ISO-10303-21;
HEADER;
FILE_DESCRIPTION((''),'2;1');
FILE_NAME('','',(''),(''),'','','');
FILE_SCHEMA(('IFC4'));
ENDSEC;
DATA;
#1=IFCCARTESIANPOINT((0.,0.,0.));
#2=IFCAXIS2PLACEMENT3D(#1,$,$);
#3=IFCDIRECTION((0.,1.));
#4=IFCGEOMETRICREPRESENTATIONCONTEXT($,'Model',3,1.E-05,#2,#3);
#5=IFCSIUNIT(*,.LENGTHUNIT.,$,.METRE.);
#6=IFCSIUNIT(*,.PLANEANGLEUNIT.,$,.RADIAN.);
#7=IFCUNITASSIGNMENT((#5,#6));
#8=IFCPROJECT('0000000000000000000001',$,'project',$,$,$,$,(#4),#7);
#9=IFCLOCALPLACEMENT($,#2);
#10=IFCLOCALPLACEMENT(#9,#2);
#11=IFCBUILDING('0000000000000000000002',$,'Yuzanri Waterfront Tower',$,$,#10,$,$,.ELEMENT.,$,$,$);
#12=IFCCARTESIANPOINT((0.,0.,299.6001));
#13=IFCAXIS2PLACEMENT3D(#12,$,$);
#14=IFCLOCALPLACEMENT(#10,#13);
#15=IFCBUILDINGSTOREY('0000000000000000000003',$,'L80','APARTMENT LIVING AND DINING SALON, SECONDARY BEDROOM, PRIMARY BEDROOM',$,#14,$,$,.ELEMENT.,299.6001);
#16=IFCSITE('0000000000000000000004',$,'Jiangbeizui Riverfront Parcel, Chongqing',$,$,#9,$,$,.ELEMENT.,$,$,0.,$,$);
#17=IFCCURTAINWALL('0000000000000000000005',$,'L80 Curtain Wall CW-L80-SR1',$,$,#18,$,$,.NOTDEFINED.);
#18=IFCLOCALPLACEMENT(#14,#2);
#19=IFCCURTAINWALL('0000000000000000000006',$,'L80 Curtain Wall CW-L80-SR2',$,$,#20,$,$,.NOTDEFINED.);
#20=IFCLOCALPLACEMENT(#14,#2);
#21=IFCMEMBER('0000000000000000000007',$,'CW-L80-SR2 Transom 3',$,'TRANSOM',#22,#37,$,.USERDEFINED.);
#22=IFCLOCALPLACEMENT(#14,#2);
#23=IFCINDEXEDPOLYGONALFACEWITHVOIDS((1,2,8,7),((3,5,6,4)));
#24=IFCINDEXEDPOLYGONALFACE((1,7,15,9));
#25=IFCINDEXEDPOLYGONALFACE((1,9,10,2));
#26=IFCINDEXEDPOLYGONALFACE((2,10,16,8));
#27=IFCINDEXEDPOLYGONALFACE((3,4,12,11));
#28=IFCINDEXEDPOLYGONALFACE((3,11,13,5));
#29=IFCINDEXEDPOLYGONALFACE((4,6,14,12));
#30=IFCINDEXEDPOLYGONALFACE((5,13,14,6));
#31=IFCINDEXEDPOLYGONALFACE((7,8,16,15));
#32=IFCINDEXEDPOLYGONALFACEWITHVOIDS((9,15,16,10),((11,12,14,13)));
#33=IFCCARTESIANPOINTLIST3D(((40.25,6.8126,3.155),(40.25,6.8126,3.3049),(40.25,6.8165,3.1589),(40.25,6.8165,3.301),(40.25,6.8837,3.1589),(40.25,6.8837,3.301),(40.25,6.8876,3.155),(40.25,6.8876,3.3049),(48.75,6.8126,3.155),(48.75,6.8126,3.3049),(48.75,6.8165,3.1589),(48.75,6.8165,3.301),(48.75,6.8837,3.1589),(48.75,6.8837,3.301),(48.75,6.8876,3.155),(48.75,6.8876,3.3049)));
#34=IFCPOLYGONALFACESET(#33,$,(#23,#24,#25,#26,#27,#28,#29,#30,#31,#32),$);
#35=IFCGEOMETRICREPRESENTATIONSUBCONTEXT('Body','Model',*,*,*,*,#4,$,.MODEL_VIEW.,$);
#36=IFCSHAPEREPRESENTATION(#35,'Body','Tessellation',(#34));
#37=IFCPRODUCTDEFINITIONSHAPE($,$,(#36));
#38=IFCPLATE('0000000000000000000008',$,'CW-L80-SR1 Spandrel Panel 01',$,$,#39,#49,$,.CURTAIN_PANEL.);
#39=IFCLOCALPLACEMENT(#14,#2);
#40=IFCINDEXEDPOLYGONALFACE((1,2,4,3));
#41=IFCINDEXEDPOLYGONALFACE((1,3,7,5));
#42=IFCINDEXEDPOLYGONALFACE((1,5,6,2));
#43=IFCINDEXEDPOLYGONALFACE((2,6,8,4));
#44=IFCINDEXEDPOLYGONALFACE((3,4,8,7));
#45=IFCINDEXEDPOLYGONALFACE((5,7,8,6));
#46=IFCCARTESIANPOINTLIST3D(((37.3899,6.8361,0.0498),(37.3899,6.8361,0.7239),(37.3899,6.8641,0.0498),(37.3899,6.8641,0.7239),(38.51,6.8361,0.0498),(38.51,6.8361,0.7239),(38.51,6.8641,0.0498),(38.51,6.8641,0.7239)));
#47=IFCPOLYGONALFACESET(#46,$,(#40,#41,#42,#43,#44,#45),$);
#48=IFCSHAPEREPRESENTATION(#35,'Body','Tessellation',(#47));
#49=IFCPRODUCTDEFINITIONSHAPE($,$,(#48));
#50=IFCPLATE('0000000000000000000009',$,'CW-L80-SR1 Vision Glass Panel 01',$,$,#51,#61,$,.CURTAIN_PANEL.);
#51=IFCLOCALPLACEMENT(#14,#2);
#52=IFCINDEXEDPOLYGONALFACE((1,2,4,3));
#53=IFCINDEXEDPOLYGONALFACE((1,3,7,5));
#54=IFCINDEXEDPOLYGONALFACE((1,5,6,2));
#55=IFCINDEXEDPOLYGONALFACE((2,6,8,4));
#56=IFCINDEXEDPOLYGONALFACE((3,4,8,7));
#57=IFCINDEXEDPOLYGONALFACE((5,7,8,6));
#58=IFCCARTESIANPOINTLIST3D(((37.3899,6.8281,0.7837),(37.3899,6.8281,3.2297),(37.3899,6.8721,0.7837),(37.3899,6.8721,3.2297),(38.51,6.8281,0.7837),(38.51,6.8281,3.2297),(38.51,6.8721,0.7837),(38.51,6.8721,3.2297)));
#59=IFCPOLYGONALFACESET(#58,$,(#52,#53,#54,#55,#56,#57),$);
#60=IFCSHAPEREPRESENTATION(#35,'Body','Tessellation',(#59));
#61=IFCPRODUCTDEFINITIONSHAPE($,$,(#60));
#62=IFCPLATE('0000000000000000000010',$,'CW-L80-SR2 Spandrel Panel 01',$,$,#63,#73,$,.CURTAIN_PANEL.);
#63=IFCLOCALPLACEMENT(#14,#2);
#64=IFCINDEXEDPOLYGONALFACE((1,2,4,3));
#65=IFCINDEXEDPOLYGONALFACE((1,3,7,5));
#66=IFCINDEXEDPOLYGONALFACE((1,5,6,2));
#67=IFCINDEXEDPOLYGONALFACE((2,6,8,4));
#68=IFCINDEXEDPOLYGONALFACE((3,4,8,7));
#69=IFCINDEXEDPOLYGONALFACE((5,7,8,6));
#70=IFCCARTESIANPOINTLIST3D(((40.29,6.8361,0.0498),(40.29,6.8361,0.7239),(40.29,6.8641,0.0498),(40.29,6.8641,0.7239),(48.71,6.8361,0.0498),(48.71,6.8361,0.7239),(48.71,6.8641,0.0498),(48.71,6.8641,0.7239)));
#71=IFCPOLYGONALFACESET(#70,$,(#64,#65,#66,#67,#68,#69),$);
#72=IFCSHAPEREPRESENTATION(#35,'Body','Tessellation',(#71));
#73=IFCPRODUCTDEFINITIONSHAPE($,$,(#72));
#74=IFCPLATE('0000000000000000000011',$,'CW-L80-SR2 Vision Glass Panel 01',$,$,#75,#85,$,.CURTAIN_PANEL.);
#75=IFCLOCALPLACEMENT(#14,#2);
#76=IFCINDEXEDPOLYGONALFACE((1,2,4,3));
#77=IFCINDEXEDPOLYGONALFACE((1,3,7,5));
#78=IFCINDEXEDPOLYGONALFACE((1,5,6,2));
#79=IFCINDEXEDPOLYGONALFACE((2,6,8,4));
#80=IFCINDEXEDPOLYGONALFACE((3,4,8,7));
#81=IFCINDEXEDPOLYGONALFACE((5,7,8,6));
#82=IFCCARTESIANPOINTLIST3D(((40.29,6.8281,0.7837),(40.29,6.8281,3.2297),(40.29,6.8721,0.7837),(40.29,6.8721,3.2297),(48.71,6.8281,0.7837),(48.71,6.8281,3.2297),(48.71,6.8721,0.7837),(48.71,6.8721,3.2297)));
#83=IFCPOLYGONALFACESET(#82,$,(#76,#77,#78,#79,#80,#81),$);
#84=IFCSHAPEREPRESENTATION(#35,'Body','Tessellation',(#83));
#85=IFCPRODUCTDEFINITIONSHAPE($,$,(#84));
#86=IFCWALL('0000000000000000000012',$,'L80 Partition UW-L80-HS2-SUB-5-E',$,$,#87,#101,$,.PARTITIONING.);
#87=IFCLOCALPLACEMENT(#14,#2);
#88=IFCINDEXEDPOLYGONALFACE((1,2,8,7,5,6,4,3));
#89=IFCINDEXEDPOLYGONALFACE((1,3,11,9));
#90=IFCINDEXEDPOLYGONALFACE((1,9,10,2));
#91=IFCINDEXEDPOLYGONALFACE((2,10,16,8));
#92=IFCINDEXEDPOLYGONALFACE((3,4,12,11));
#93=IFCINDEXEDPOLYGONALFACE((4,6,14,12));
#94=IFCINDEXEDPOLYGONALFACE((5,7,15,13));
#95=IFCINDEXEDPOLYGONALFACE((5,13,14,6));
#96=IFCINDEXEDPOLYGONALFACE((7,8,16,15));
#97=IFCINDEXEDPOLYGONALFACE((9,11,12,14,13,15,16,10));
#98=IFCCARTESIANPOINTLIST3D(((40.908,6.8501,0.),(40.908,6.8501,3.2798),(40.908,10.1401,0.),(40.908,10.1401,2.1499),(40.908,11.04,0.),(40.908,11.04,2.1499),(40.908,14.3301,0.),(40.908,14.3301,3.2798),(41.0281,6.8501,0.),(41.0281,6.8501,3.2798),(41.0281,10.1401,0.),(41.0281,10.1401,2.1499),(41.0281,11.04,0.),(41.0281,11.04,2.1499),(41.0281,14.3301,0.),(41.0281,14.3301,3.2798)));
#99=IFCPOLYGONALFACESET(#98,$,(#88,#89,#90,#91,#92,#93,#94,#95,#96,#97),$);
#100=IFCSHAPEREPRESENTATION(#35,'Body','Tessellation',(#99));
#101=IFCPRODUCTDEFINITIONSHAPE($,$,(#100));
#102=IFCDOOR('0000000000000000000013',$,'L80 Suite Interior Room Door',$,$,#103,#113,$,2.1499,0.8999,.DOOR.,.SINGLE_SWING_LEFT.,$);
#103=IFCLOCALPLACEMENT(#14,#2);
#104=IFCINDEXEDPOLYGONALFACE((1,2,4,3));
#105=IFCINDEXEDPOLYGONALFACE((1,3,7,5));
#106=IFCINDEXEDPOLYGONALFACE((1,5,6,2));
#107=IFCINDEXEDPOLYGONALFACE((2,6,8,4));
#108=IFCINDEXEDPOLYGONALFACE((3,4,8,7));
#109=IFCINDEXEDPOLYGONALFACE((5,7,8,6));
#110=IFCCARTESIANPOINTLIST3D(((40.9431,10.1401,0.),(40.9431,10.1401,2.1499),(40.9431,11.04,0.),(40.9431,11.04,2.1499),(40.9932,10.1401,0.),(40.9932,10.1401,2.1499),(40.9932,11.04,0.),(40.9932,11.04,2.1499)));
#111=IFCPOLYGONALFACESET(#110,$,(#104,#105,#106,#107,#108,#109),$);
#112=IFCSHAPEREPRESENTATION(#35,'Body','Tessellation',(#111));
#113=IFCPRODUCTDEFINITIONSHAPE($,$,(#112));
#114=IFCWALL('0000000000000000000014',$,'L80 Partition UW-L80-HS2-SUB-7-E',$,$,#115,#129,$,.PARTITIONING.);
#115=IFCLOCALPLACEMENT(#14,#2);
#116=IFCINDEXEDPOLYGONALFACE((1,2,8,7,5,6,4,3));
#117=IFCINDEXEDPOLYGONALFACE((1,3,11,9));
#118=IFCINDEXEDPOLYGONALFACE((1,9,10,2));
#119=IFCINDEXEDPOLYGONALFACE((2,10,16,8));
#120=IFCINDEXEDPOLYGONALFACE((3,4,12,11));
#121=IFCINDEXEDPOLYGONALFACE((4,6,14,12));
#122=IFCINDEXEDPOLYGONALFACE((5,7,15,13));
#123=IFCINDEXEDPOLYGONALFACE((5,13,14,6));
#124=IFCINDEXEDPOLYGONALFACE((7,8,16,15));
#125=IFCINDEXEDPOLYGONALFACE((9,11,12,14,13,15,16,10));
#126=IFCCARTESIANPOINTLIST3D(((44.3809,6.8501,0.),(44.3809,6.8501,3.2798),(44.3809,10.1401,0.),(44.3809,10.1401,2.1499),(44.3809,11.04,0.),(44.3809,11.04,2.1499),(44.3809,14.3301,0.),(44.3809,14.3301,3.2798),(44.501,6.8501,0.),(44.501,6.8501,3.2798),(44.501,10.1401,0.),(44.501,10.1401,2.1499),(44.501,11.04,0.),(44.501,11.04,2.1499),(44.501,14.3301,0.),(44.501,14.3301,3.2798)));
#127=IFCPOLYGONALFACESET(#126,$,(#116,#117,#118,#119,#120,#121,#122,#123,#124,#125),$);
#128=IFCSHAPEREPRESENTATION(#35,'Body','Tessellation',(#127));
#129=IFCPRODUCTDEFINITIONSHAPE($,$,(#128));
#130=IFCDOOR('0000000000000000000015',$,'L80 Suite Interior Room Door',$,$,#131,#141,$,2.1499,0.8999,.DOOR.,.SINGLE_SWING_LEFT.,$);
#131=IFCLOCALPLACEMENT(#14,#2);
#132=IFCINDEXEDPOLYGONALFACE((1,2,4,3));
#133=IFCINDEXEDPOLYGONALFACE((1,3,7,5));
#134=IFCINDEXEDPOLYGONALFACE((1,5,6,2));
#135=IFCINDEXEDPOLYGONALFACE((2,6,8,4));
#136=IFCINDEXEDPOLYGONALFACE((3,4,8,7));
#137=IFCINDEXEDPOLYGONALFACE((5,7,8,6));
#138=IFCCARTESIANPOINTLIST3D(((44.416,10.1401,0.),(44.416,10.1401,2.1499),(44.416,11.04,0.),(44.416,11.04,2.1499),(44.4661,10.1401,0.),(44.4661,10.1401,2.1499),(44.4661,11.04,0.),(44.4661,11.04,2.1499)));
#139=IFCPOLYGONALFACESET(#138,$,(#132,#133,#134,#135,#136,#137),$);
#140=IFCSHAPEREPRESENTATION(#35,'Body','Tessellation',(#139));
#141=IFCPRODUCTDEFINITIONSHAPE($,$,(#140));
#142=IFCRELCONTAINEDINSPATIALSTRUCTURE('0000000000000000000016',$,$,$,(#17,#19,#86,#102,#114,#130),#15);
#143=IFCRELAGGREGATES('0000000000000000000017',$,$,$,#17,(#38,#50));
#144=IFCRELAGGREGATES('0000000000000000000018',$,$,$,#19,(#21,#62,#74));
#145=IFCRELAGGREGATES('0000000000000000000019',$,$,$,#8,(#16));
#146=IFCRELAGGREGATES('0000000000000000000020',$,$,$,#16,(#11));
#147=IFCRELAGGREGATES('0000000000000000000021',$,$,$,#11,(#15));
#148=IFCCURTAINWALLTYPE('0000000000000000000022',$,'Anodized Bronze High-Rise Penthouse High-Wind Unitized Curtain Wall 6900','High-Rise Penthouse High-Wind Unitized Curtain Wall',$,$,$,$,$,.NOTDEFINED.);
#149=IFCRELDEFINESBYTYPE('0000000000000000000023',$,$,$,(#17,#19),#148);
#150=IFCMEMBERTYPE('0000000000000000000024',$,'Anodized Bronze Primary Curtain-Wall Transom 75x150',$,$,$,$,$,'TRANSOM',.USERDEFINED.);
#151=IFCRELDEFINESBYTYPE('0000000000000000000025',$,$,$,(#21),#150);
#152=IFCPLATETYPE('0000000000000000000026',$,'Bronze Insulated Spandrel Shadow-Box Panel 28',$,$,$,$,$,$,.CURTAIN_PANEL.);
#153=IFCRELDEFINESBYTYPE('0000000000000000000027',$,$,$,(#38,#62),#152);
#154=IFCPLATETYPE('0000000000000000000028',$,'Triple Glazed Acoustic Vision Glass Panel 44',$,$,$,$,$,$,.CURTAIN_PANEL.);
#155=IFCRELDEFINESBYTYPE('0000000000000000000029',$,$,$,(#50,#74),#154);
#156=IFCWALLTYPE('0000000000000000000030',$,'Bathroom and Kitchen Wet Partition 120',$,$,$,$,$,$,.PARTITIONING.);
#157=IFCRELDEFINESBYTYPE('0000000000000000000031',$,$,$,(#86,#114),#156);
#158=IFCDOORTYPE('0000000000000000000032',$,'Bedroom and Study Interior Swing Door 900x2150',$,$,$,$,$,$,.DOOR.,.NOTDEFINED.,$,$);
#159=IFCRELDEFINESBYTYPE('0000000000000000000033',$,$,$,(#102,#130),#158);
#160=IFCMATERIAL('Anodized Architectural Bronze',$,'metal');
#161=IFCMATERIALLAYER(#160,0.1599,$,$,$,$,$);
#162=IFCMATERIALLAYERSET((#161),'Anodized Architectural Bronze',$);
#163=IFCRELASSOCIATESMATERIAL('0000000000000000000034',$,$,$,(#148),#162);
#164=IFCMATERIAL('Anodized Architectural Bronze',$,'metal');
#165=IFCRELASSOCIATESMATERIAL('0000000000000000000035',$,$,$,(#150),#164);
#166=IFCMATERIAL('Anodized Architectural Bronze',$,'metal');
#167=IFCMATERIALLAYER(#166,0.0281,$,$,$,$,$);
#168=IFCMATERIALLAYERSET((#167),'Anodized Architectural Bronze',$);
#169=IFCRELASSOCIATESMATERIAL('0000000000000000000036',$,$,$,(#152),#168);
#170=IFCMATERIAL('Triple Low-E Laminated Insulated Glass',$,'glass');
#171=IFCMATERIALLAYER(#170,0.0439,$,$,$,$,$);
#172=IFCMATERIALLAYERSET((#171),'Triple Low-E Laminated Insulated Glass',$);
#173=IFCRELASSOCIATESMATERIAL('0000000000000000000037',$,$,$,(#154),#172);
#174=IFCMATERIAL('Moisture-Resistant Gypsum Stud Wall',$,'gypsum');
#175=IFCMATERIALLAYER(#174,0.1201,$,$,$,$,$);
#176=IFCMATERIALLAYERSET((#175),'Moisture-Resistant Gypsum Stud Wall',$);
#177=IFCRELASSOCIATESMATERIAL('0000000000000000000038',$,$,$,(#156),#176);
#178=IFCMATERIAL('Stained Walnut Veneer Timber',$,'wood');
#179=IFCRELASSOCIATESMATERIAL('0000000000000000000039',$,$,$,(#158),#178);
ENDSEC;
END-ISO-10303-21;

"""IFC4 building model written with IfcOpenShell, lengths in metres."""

from ifc_helpers import new_model, si_unit, direction, frame, frame_2d, origin, origin_2d, place, context, subcontext, project, spatial, rectangle, hollow_rectangle, extrude, source, transform, mapped, material, layer, layer_set, material_profile, profile_set, type_object, element, fill, aggregate, save


model = new_model("IFC4")

# Units and contexts
model_context = context("Model", 3, precision=1e-05, world=origin(), true_north=direction((0.0, 1.0)))
body_context = subcontext(model_context, "Body", "Model", "MODEL_VIEW")
ifc_project = project(units=[si_unit("LENGTHUNIT", "METRE"), si_unit("PLANEANGLEUNIT", "RADIAN")], contexts=[model_context])

# Site, building, storey
site_placement = place(None, origin())
site = spatial("IfcSite", under=ifc_project, at=site_placement, Name="Jiangbeizui Riverfront Parcel, Chongqing", CompositionType="ELEMENT", RefElevation=0.0)
building_placement = place(site_placement, origin())
building = spatial("IfcBuilding", under=site, at=building_placement, Name="Yuzanri Waterfront Tower", CompositionType="ELEMENT")
storey_placement = place(building_placement, frame((0.0, 0.0, 299.6001)))
storey = spatial("IfcBuildingStorey", under=building, at=storey_placement, Name="L80", Description="APARTMENT LIVING AND DINING SALON, SECONDARY BEDROOM, PRIMARY BEDROOM", CompositionType="ELEMENT", Elevation=299.6001)

# Curtain wall
ifc_material_1 = material(Name="Anodized Architectural Bronze", Category="metal")
ifc_layer_1 = layer(ifc_material_1, 0.1599)
ifc_layer_set_1 = layer_set([ifc_layer_1], Name="Anodized Architectural Bronze")
curtain_wall_type = type_object("IfcCurtainWallType", Name="Anodized Bronze High-Rise Penthouse High-Wind Unitized Curtain Wall 6900", Description="High-Rise Penthouse High-Wind Unitized Curtain Wall", PredefinedType="NOTDEFINED", material=ifc_layer_set_1)
curtain_wall_1_placement = place(storey_placement, origin())
curtain_wall_1 = element("IfcCurtainWall", 1, at=curtain_wall_1_placement, inside=storey, type_object=curtain_wall_type, Name="L80 Curtain Wall CW-L80-SR1", PredefinedType="NOTDEFINED")

# Curtain wall
curtain_wall_2_placement = place(storey_placement, origin())
curtain_wall_2 = element("IfcCurtainWall", 2, at=curtain_wall_2_placement, inside=storey, type_object=curtain_wall_type, Name="L80 Curtain Wall CW-L80-SR2", PredefinedType="NOTDEFINED")

# Member
ifc_material_2 = material(Name="Anodized Architectural Bronze", Category="metal")
ifc_material_profile_1 = material_profile(ifc_material_2, hollow_rectangle(XDim=0.075, YDim=0.1499, WallThickness=0.0039, at=origin_2d()), Name="CWT 75x150")
ifc_profile_set_1 = profile_set([ifc_material_profile_1], Name="Anodized Architectural Bronze")
member_type_1 = type_object("IfcMemberType", Name="Anodized Bronze Primary Curtain-Wall Transom 75x150", ElementType="TRANSOM", PredefinedType="USERDEFINED", material=ifc_profile_set_1)
shared_shape_1 = source(origin(), body_context, "Body", "SweptSolid", [
    extrude(hollow_rectangle(XDim=0.075, YDim=0.1499, WallThickness=0.0039, at=origin_2d()), origin(), (0.0, 0.0, 1.0), 8.5),
])
member_1_placement = place(storey_placement, frame((40.25, 6.8501, 3.23), z_axis=(1.0, 0.0, 0.0), x_axis=(0.0, 1.0, 0.0)))
member_1 = element("IfcMember", 3, at=member_1_placement, type_object=member_type_1, Name="CW-L80-SR2 Transom 3", ObjectType="TRANSOM", PredefinedType="USERDEFINED", context=body_context, shape_type="MappedRepresentation", body=[
    mapped(shared_shape_1, transform((0.0, 0.0, 0.0), scale=1.0)),
])

# Plates
ifc_material_3 = material(Name="Anodized Architectural Bronze", Category="metal")
ifc_layer_2 = layer(ifc_material_3, 0.0281)
ifc_layer_set_2 = layer_set([ifc_layer_2], Name="Anodized Architectural Bronze")
plate_type_1 = type_object("IfcPlateType", Name="Bronze Insulated Spandrel Shadow-Box Panel 28", PredefinedType="CURTAIN_PANEL", material=ifc_layer_set_2)
shared_shape_2 = source(origin(), body_context, "Body", "SweptSolid", [
    extrude(rectangle(XDim=1.1201, YDim=0.0281, at=origin_2d()), origin(), (0.0, 0.0, 1.0), 0.6741),
])
plate_1_placement = place(storey_placement, frame((37.95, 6.8501, 0.0498), z_axis=(0.0, 0.0, 1.0), x_axis=(1.0, 0.0, 0.0)))
plate_1 = element("IfcPlate", 4, at=plate_1_placement, type_object=plate_type_1, Name="CW-L80-SR1 Spandrel Panel 01", PredefinedType="CURTAIN_PANEL", context=body_context, shape_type="MappedRepresentation", body=[
    mapped(shared_shape_2, transform((0.0, 0.0, 0.0), scale=1.0)),
])
ifc_material_4 = material(Name="Triple Low-E Laminated Insulated Glass", Category="glass")
ifc_layer_3 = layer(ifc_material_4, 0.0439)
ifc_layer_set_3 = layer_set([ifc_layer_3], Name="Triple Low-E Laminated Insulated Glass")
plate_type_2 = type_object("IfcPlateType", Name="Triple Glazed Acoustic Vision Glass Panel 44", PredefinedType="CURTAIN_PANEL", material=ifc_layer_set_3)
shared_shape_3 = source(origin(), body_context, "Body", "SweptSolid", [
    extrude(rectangle(XDim=1.1201, YDim=0.0439, at=origin_2d()), origin(), (0.0, 0.0, 1.0), 2.446),
])
plate_2_placement = place(storey_placement, frame((37.95, 6.8501, 0.7837), z_axis=(0.0, 0.0, 1.0), x_axis=(1.0, 0.0, 0.0)))
plate_2 = element("IfcPlate", 5, at=plate_2_placement, type_object=plate_type_2, Name="CW-L80-SR1 Vision Glass Panel 01", PredefinedType="CURTAIN_PANEL", context=body_context, shape_type="MappedRepresentation", body=[
    mapped(shared_shape_3, transform((0.0, 0.0, 0.0), scale=1.0)),
])
aggregate(curtain_wall_1, [plate_1, plate_2])
shared_shape_4 = source(origin(), body_context, "Body", "SweptSolid", [
    extrude(rectangle(XDim=8.4199, YDim=0.0281, at=origin_2d()), origin(), (0.0, 0.0, 1.0), 0.6741),
])
plate_3_placement = place(storey_placement, frame((44.5, 6.8501, 0.0498), z_axis=(0.0, 0.0, 1.0), x_axis=(1.0, 0.0, 0.0)))
plate_3 = element("IfcPlate", 6, at=plate_3_placement, type_object=plate_type_1, Name="CW-L80-SR2 Spandrel Panel 01", PredefinedType="CURTAIN_PANEL", context=body_context, shape_type="MappedRepresentation", body=[
    mapped(shared_shape_4, transform((0.0, 0.0, 0.0), scale=1.0)),
])
shared_shape_5 = source(origin(), body_context, "Body", "SweptSolid", [
    extrude(rectangle(XDim=8.4199, YDim=0.0439, at=origin_2d()), origin(), (0.0, 0.0, 1.0), 2.446),
])
plate_4_placement = place(storey_placement, frame((44.5, 6.8501, 0.7837), z_axis=(0.0, 0.0, 1.0), x_axis=(1.0, 0.0, 0.0)))
plate_4 = element("IfcPlate", 7, at=plate_4_placement, type_object=plate_type_2, Name="CW-L80-SR2 Vision Glass Panel 01", PredefinedType="CURTAIN_PANEL", context=body_context, shape_type="MappedRepresentation", body=[
    mapped(shared_shape_5, transform((0.0, 0.0, 0.0), scale=1.0)),
])
aggregate(curtain_wall_2, [member_1, plate_3, plate_4])

# Walls, openings, doors
ifc_material_5 = material(Name="Moisture-Resistant Gypsum Stud Wall", Category="gypsum")
ifc_layer_4 = layer(ifc_material_5, 0.1201)
ifc_layer_set_4 = layer_set([ifc_layer_4], Name="Moisture-Resistant Gypsum Stud Wall")
wall_type_1 = type_object("IfcWallType", Name="Bathroom and Kitchen Wet Partition 120", PredefinedType="PARTITIONING", material=ifc_layer_set_4)
wall_1_placement = place(storey_placement, frame((40.968, 6.8501, 0.0), z_axis=(0.0, 0.0, 1.0), x_axis=(0.0, 1.0, 0.0)))
wall_1 = element("IfcWall", 8, at=wall_1_placement, inside=storey, type_object=wall_type_1, Name="L80 Partition UW-L80-HS2-SUB-5-E", PredefinedType="PARTITIONING", context=body_context, shape_type="SweptSolid", body=[
    extrude(rectangle(XDim=7.48, YDim=0.1201, at=frame_2d((3.74, 0.0))), origin(), (0.0, 0.0, 1.0), 3.2798),
])
opening_1_placement = place(wall_1_placement, frame((3.29, 0.0, 0.0)))
opening_1 = element("IfcOpeningElement", 9, at=opening_1_placement, cuts=wall_1, PredefinedType="OPENING", context=body_context, shape_type="SweptSolid", body=[
    extrude(rectangle(XDim=0.8999, YDim=2.1499, at=frame_2d((0.45, 1.075))), frame((0.0, 0.075, 0.0), z_axis=(0.0, -1.0, 0.0), x_axis=(1.0, 0.0, 0.0)), (0.0, 0.0, 1.0), 0.1499),
])
ifc_material_6 = material(Name="Stained Walnut Veneer Timber", Category="wood")
door_type_1 = type_object("IfcDoorType", Name="Bedroom and Study Interior Swing Door 900x2150", OperationType="NOTDEFINED", PredefinedType="DOOR", material=ifc_material_6)
shared_shape_6 = source(origin(), body_context, "Body", "SweptSolid", [
    extrude(rectangle(XDim=0.8999, YDim=2.1499, at=frame_2d((0.45, 1.075))), frame((0.0, 0.0249, 0.0), z_axis=(0.0, -1.0, 0.0), x_axis=(1.0, 0.0, 0.0)), (0.0, 0.0, 1.0), 0.05),
])
door_1_placement = place(opening_1_placement, origin())
door_1 = element("IfcDoor", 10, at=door_1_placement, inside=storey, type_object=door_type_1, Name="L80 Suite Interior Room Door", OperationType="SINGLE_SWING_LEFT", OverallHeight=2.1499, OverallWidth=0.8999, PredefinedType="DOOR", context=body_context, shape_type="MappedRepresentation", body=[
    mapped(shared_shape_6, transform((0.0, 0.0, 0.0), scale=1.0)),
])
fill(opening_1, door_1)
wall_2_placement = place(storey_placement, frame((44.4409, 6.8501, 0.0), z_axis=(0.0, 0.0, 1.0), x_axis=(0.0, 1.0, 0.0)))
wall_2 = element("IfcWall", 11, at=wall_2_placement, inside=storey, type_object=wall_type_1, Name="L80 Partition UW-L80-HS2-SUB-7-E", PredefinedType="PARTITIONING", context=body_context, shape_type="SweptSolid", body=[
    extrude(rectangle(XDim=7.48, YDim=0.1201, at=frame_2d((3.74, 0.0))), origin(), (0.0, 0.0, 1.0), 3.2798),
])
opening_2_placement = place(wall_2_placement, frame((3.29, 0.0, 0.0)))
opening_2 = element("IfcOpeningElement", 12, at=opening_2_placement, cuts=wall_2, PredefinedType="OPENING", context=body_context, shape_type="SweptSolid", body=[
    extrude(rectangle(XDim=0.8999, YDim=2.1499, at=frame_2d((0.45, 1.075))), frame((0.0, 0.075, 0.0), z_axis=(0.0, -1.0, 0.0), x_axis=(1.0, 0.0, 0.0)), (0.0, 0.0, 1.0), 0.1499),
])
door_2_placement = place(opening_2_placement, origin())
door_2 = element("IfcDoor", 13, at=door_2_placement, inside=storey, type_object=door_type_1, Name="L80 Suite Interior Room Door", OperationType="SINGLE_SWING_LEFT", OverallHeight=2.1499, OverallWidth=0.8999, PredefinedType="DOOR", context=body_context, shape_type="MappedRepresentation", body=[
    mapped(shared_shape_6, transform((0.0, 0.0, 0.0), scale=1.0)),
])
fill(opening_2, door_2)

save(model, "model.ifc")
